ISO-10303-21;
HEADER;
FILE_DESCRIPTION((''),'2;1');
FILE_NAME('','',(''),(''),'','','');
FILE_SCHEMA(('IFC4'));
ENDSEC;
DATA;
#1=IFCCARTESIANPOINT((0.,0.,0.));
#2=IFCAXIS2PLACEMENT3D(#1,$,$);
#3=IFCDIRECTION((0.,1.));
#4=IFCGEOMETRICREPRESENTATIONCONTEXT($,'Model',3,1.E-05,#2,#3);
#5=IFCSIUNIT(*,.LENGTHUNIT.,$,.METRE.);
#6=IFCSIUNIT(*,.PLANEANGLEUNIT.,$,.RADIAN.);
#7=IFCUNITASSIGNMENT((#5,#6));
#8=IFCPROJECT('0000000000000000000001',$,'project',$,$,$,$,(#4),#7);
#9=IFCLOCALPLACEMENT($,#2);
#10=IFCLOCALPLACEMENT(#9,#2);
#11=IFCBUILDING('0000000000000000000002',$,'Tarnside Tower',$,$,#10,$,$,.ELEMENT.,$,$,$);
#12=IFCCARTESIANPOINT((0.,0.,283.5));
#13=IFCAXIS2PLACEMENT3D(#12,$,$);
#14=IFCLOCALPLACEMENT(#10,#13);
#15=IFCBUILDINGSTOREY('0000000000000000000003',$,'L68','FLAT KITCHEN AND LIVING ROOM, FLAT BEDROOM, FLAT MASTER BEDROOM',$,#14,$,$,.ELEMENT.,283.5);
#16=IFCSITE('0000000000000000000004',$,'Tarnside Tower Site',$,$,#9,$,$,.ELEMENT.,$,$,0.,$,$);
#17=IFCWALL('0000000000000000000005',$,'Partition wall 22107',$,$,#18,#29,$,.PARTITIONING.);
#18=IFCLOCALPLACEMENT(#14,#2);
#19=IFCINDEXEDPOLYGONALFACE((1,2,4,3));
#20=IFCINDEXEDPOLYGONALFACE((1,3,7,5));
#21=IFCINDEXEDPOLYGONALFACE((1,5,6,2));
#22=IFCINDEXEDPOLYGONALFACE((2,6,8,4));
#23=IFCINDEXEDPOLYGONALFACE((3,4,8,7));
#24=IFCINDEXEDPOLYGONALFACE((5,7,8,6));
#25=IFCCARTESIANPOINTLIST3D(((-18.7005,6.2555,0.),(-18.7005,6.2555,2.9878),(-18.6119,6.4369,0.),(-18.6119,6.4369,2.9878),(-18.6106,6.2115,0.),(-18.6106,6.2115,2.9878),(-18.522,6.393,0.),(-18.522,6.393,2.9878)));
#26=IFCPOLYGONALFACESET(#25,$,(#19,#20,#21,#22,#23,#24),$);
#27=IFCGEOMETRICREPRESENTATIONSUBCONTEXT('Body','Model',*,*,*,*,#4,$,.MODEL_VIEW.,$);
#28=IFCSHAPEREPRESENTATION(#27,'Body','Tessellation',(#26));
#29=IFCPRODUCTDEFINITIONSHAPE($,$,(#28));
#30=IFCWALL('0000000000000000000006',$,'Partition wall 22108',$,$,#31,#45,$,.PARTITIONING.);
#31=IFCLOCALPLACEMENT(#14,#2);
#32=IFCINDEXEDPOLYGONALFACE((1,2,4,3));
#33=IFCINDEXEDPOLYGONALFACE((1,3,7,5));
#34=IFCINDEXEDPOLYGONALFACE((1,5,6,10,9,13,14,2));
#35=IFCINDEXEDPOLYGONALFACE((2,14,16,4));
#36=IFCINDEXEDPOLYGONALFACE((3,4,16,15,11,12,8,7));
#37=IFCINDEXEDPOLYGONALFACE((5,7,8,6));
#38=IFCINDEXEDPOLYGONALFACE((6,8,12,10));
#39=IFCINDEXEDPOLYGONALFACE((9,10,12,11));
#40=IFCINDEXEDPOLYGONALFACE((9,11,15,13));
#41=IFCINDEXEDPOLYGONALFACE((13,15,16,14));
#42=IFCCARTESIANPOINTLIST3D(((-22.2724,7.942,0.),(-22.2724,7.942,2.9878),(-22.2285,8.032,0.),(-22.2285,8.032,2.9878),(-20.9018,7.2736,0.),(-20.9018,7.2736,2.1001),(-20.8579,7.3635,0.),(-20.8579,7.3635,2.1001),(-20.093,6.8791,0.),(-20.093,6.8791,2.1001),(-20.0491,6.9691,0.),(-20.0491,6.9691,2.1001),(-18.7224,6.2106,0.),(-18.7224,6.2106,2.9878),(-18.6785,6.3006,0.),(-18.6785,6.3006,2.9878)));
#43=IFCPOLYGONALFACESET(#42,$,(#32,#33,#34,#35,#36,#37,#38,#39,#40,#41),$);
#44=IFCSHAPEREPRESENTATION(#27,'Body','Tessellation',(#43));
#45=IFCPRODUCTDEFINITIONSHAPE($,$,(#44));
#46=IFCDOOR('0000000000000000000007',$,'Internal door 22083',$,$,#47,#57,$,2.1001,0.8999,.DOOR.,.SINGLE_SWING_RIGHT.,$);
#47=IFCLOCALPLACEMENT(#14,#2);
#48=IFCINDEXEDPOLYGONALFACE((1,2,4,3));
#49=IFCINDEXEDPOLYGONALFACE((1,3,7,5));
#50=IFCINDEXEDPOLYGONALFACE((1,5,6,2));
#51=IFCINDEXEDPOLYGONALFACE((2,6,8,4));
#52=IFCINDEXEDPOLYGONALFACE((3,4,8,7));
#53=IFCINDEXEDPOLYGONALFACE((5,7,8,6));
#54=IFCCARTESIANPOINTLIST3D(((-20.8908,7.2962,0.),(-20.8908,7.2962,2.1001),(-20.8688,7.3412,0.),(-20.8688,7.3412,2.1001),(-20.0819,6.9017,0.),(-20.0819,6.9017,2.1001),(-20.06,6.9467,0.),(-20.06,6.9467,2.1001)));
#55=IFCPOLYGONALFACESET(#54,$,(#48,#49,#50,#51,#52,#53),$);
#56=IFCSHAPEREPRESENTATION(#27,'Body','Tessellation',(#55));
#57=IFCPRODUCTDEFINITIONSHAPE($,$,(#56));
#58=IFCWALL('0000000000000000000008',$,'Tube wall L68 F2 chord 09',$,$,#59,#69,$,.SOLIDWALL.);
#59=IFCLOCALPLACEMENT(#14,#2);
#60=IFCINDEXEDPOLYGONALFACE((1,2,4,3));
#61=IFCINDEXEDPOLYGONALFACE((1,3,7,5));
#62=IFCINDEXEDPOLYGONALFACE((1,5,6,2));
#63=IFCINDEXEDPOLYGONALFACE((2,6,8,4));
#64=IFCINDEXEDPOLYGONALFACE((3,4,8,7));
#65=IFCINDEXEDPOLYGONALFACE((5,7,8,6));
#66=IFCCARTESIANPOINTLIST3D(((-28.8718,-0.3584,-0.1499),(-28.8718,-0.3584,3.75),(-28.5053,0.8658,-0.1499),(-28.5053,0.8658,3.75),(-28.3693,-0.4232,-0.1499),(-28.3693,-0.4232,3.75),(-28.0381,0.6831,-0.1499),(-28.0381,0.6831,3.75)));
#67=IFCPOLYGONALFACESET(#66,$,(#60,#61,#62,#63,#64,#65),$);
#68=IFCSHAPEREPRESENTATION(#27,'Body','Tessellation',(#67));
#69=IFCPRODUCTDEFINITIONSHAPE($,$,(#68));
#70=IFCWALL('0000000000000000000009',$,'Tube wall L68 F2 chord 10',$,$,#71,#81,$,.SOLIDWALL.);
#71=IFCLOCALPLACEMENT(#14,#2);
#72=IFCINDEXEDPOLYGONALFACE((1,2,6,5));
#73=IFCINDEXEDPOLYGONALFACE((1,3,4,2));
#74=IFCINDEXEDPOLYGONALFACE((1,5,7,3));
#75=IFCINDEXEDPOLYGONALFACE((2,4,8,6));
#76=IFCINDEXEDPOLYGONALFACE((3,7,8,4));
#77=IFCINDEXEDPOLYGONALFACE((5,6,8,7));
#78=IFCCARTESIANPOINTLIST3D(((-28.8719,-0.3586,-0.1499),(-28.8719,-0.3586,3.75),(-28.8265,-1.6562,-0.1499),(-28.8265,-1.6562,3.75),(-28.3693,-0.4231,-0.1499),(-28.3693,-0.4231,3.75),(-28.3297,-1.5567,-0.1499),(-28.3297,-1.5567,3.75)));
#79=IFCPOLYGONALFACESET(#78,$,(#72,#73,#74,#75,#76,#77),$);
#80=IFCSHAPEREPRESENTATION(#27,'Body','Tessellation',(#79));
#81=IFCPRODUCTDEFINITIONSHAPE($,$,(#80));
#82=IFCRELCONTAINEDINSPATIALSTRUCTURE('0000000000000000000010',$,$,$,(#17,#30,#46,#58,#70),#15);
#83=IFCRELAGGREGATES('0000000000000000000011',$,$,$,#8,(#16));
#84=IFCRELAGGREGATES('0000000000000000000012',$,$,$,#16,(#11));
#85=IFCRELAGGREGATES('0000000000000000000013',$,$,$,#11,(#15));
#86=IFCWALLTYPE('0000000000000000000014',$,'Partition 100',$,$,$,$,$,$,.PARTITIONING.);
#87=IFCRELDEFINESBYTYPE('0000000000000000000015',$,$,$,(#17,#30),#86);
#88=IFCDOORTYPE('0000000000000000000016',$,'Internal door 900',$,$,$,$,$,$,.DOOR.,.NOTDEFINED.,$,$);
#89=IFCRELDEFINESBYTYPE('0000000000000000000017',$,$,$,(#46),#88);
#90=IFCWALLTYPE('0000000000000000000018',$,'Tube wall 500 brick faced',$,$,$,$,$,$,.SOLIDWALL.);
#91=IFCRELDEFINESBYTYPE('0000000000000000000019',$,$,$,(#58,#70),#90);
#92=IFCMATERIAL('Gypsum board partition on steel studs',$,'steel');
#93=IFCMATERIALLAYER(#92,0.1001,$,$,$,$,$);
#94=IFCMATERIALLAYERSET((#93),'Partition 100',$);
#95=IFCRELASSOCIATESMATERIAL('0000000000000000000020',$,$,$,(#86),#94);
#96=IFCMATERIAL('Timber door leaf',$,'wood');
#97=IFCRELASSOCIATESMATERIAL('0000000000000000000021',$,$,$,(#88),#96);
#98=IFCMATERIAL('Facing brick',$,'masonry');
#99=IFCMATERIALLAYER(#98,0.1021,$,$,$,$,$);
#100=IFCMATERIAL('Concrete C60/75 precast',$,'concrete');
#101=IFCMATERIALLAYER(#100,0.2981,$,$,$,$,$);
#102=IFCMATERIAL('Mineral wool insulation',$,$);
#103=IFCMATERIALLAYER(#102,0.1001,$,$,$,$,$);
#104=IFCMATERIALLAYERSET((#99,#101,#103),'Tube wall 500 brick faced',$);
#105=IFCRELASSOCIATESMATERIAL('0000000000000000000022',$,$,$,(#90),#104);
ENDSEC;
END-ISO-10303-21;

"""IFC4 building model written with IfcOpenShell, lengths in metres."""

from ifc_helpers import new_model, si_unit, direction, frame, frame_2d, origin, place, context, subcontext, project, spatial, polyline, rectangle, outline, extrude, material, layer, layer_set, type_object, element, fill, save


model = new_model("IFC4")

# Units and contexts
model_context = context("Model", 3, precision=1e-05, world=origin(), true_north=direction((0.0, 1.0)))
body_context = subcontext(model_context, "Body", "Model", "MODEL_VIEW")
ifc_project = project(units=[si_unit("LENGTHUNIT", "METRE"), si_unit("PLANEANGLEUNIT", "RADIAN")], contexts=[model_context])

# Site, building, storey
site_placement = place(None, origin())
site = spatial("IfcSite", under=ifc_project, at=site_placement, Name="Tarnside Tower Site", CompositionType="ELEMENT", RefElevation=0.0)
building_placement = place(site_placement, origin())
building = spatial("IfcBuilding", under=site, at=building_placement, Name="Tarnside Tower", CompositionType="ELEMENT")
storey_placement = place(building_placement, frame((0.0, 0.0, 283.5)))
storey = spatial("IfcBuildingStorey", under=building, at=storey_placement, Name="L68", Description="FLAT KITCHEN AND LIVING ROOM, FLAT BEDROOM, FLAT MASTER BEDROOM", CompositionType="ELEMENT", Elevation=283.5)

# Shared definitions
ifc_material_1 = material(Name="Gypsum board partition on steel studs", Category="steel")

# Shared definitions
ifc_material_2 = material(Name="Timber door leaf", Category="wood")

# Wall
ifc_material_3 = material(Name="Concrete C60/75 precast", Category="concrete")
ifc_material_4 = material(Name="Mineral wool insulation")
ifc_layer_1 = layer(ifc_material_1, 0.1001)
ifc_layer_set_1 = layer_set([ifc_layer_1], Name="Partition 100")
wall_type_1 = type_object("IfcWallType", Name="Partition 100", PredefinedType="PARTITIONING", material=ifc_layer_set_1)
wall_1_placement = place(storey_placement, frame((-18.5669, 6.415, 0.0), z_axis=(0.0, 0.0, 1.0), x_axis=(-0.438972, -0.898501, 0.0)))
element("IfcWall", 1, at=wall_1_placement, inside=storey, type_object=wall_type_1, Name="Partition wall 22107", PredefinedType="PARTITIONING", context=body_context, shape_type="SweptSolid", body=[
    extrude(rectangle(XDim=0.2019, YDim=0.1001, at=frame_2d((0.1011, 0.0))), origin(), (0.0, 0.0, 1.0), 2.9878),
])

# Wall, opening, door
wall_2_placement = place(storey_placement, frame((-18.7004, 6.2556, 0.0), z_axis=(0.0, 0.0, 1.0), x_axis=(-0.898797, 0.438365, 0.0)))
wall_2 = element("IfcWall", 2, at=wall_2_placement, inside=storey, type_object=wall_type_1, Name="Partition wall 22108", PredefinedType="PARTITIONING", context=body_context, shape_type="SweptSolid", body=[
    extrude(rectangle(XDim=3.9497, YDim=0.1001, at=frame_2d((1.9749, 0.0))), origin(), (0.0, 0.0, 1.0), 2.9878),
])
opening_1_placement = place(wall_2_placement, frame((1.5249, 0.0, 0.0)))
opening_1 = element("IfcOpeningElement", 3, at=opening_1_placement, cuts=wall_2, PredefinedType="OPENING", context=body_context, shape_type="SweptSolid", body=[
    extrude(rectangle(XDim=0.8999, YDim=2.1001, at=frame_2d((0.45, 1.05))), frame((0.0, 0.0601, 0.0), z_axis=(0.0, -1.0, 0.0), x_axis=(1.0, 0.0, 0.0)), (0.0, 0.0, 1.0), 0.1201),
])
door_type_1 = type_object("IfcDoorType", Name="Internal door 900", OperationType="NOTDEFINED", PredefinedType="DOOR", material=ifc_material_2)
door_1_placement = place(opening_1_placement, origin())
door_1 = element("IfcDoor", 4, at=door_1_placement, inside=storey, type_object=door_type_1, Name="Internal door 22083", OperationType="SINGLE_SWING_RIGHT", OverallHeight=2.1001, OverallWidth=0.8999, PredefinedType="DOOR", context=body_context, shape_type="SweptSolid", body=[
    extrude(rectangle(XDim=0.8999, YDim=2.1001, at=frame_2d((0.45, 1.05))), frame((0.0, 0.0249, 0.0), z_axis=(0.0, -1.0, 0.0), x_axis=(1.0, 0.0, 0.0)), (0.0, 0.0, 1.0), 0.05),
])
fill(opening_1, door_1)

# Walls
ifc_material_5 = material(Name="Facing brick", Category="masonry")
ifc_layer_2 = layer(ifc_material_5, 0.1021)
ifc_layer_3 = layer(ifc_material_3, 0.2981)
ifc_layer_4 = layer(ifc_material_4, 0.1001)
ifc_layer_set_2 = layer_set([ifc_layer_2, ifc_layer_3, ifc_layer_4], Name="Tube wall 500 brick faced")
wall_type_2 = type_object("IfcWallType", Name="Tube wall 500 brick faced", PredefinedType="SOLIDWALL", material=ifc_layer_set_2)
wall_3_placement = place(storey_placement, frame((-28.2717, 0.7744, -0.1499), z_axis=(0.0, 0.0, 1.0), x_axis=(-0.286814, -0.957986, 0.0)))
element("IfcWall", 5, at=wall_3_placement, inside=storey, type_object=wall_type_2, Name="Tube wall L68 F2 chord 09", PredefinedType="SOLIDWALL", context=body_context, shape_type="SweptSolid", body=[
    extrude(outline(polyline([(-0.0205, -0.25), (1.2573, -0.25), (1.1753, 0.25), (0.0205, 0.25), (-0.0205, -0.25)])), origin(), (0.0, 0.0, 1.0), 3.8999),
])
wall_4_placement = place(storey_placement, frame((-28.6206, -0.3909, -0.1499), z_axis=(0.0, 0.0, 1.0), x_axis=(0.034925, -0.99939, 0.0)))
element("IfcWall", 6, at=wall_4_placement, inside=storey, type_object=wall_type_2, Name="Tube wall L68 F2 chord 10", PredefinedType="SOLIDWALL", context=body_context, shape_type="SweptSolid", body=[
    extrude(outline(polyline([(-0.041, -0.25), (1.2573, -0.25), (1.1753, 0.25), (0.041, 0.25), (-0.041, -0.25)])), origin(), (0.0, 0.0, 1.0), 3.8999),
])

save(model, "model.ifc")
